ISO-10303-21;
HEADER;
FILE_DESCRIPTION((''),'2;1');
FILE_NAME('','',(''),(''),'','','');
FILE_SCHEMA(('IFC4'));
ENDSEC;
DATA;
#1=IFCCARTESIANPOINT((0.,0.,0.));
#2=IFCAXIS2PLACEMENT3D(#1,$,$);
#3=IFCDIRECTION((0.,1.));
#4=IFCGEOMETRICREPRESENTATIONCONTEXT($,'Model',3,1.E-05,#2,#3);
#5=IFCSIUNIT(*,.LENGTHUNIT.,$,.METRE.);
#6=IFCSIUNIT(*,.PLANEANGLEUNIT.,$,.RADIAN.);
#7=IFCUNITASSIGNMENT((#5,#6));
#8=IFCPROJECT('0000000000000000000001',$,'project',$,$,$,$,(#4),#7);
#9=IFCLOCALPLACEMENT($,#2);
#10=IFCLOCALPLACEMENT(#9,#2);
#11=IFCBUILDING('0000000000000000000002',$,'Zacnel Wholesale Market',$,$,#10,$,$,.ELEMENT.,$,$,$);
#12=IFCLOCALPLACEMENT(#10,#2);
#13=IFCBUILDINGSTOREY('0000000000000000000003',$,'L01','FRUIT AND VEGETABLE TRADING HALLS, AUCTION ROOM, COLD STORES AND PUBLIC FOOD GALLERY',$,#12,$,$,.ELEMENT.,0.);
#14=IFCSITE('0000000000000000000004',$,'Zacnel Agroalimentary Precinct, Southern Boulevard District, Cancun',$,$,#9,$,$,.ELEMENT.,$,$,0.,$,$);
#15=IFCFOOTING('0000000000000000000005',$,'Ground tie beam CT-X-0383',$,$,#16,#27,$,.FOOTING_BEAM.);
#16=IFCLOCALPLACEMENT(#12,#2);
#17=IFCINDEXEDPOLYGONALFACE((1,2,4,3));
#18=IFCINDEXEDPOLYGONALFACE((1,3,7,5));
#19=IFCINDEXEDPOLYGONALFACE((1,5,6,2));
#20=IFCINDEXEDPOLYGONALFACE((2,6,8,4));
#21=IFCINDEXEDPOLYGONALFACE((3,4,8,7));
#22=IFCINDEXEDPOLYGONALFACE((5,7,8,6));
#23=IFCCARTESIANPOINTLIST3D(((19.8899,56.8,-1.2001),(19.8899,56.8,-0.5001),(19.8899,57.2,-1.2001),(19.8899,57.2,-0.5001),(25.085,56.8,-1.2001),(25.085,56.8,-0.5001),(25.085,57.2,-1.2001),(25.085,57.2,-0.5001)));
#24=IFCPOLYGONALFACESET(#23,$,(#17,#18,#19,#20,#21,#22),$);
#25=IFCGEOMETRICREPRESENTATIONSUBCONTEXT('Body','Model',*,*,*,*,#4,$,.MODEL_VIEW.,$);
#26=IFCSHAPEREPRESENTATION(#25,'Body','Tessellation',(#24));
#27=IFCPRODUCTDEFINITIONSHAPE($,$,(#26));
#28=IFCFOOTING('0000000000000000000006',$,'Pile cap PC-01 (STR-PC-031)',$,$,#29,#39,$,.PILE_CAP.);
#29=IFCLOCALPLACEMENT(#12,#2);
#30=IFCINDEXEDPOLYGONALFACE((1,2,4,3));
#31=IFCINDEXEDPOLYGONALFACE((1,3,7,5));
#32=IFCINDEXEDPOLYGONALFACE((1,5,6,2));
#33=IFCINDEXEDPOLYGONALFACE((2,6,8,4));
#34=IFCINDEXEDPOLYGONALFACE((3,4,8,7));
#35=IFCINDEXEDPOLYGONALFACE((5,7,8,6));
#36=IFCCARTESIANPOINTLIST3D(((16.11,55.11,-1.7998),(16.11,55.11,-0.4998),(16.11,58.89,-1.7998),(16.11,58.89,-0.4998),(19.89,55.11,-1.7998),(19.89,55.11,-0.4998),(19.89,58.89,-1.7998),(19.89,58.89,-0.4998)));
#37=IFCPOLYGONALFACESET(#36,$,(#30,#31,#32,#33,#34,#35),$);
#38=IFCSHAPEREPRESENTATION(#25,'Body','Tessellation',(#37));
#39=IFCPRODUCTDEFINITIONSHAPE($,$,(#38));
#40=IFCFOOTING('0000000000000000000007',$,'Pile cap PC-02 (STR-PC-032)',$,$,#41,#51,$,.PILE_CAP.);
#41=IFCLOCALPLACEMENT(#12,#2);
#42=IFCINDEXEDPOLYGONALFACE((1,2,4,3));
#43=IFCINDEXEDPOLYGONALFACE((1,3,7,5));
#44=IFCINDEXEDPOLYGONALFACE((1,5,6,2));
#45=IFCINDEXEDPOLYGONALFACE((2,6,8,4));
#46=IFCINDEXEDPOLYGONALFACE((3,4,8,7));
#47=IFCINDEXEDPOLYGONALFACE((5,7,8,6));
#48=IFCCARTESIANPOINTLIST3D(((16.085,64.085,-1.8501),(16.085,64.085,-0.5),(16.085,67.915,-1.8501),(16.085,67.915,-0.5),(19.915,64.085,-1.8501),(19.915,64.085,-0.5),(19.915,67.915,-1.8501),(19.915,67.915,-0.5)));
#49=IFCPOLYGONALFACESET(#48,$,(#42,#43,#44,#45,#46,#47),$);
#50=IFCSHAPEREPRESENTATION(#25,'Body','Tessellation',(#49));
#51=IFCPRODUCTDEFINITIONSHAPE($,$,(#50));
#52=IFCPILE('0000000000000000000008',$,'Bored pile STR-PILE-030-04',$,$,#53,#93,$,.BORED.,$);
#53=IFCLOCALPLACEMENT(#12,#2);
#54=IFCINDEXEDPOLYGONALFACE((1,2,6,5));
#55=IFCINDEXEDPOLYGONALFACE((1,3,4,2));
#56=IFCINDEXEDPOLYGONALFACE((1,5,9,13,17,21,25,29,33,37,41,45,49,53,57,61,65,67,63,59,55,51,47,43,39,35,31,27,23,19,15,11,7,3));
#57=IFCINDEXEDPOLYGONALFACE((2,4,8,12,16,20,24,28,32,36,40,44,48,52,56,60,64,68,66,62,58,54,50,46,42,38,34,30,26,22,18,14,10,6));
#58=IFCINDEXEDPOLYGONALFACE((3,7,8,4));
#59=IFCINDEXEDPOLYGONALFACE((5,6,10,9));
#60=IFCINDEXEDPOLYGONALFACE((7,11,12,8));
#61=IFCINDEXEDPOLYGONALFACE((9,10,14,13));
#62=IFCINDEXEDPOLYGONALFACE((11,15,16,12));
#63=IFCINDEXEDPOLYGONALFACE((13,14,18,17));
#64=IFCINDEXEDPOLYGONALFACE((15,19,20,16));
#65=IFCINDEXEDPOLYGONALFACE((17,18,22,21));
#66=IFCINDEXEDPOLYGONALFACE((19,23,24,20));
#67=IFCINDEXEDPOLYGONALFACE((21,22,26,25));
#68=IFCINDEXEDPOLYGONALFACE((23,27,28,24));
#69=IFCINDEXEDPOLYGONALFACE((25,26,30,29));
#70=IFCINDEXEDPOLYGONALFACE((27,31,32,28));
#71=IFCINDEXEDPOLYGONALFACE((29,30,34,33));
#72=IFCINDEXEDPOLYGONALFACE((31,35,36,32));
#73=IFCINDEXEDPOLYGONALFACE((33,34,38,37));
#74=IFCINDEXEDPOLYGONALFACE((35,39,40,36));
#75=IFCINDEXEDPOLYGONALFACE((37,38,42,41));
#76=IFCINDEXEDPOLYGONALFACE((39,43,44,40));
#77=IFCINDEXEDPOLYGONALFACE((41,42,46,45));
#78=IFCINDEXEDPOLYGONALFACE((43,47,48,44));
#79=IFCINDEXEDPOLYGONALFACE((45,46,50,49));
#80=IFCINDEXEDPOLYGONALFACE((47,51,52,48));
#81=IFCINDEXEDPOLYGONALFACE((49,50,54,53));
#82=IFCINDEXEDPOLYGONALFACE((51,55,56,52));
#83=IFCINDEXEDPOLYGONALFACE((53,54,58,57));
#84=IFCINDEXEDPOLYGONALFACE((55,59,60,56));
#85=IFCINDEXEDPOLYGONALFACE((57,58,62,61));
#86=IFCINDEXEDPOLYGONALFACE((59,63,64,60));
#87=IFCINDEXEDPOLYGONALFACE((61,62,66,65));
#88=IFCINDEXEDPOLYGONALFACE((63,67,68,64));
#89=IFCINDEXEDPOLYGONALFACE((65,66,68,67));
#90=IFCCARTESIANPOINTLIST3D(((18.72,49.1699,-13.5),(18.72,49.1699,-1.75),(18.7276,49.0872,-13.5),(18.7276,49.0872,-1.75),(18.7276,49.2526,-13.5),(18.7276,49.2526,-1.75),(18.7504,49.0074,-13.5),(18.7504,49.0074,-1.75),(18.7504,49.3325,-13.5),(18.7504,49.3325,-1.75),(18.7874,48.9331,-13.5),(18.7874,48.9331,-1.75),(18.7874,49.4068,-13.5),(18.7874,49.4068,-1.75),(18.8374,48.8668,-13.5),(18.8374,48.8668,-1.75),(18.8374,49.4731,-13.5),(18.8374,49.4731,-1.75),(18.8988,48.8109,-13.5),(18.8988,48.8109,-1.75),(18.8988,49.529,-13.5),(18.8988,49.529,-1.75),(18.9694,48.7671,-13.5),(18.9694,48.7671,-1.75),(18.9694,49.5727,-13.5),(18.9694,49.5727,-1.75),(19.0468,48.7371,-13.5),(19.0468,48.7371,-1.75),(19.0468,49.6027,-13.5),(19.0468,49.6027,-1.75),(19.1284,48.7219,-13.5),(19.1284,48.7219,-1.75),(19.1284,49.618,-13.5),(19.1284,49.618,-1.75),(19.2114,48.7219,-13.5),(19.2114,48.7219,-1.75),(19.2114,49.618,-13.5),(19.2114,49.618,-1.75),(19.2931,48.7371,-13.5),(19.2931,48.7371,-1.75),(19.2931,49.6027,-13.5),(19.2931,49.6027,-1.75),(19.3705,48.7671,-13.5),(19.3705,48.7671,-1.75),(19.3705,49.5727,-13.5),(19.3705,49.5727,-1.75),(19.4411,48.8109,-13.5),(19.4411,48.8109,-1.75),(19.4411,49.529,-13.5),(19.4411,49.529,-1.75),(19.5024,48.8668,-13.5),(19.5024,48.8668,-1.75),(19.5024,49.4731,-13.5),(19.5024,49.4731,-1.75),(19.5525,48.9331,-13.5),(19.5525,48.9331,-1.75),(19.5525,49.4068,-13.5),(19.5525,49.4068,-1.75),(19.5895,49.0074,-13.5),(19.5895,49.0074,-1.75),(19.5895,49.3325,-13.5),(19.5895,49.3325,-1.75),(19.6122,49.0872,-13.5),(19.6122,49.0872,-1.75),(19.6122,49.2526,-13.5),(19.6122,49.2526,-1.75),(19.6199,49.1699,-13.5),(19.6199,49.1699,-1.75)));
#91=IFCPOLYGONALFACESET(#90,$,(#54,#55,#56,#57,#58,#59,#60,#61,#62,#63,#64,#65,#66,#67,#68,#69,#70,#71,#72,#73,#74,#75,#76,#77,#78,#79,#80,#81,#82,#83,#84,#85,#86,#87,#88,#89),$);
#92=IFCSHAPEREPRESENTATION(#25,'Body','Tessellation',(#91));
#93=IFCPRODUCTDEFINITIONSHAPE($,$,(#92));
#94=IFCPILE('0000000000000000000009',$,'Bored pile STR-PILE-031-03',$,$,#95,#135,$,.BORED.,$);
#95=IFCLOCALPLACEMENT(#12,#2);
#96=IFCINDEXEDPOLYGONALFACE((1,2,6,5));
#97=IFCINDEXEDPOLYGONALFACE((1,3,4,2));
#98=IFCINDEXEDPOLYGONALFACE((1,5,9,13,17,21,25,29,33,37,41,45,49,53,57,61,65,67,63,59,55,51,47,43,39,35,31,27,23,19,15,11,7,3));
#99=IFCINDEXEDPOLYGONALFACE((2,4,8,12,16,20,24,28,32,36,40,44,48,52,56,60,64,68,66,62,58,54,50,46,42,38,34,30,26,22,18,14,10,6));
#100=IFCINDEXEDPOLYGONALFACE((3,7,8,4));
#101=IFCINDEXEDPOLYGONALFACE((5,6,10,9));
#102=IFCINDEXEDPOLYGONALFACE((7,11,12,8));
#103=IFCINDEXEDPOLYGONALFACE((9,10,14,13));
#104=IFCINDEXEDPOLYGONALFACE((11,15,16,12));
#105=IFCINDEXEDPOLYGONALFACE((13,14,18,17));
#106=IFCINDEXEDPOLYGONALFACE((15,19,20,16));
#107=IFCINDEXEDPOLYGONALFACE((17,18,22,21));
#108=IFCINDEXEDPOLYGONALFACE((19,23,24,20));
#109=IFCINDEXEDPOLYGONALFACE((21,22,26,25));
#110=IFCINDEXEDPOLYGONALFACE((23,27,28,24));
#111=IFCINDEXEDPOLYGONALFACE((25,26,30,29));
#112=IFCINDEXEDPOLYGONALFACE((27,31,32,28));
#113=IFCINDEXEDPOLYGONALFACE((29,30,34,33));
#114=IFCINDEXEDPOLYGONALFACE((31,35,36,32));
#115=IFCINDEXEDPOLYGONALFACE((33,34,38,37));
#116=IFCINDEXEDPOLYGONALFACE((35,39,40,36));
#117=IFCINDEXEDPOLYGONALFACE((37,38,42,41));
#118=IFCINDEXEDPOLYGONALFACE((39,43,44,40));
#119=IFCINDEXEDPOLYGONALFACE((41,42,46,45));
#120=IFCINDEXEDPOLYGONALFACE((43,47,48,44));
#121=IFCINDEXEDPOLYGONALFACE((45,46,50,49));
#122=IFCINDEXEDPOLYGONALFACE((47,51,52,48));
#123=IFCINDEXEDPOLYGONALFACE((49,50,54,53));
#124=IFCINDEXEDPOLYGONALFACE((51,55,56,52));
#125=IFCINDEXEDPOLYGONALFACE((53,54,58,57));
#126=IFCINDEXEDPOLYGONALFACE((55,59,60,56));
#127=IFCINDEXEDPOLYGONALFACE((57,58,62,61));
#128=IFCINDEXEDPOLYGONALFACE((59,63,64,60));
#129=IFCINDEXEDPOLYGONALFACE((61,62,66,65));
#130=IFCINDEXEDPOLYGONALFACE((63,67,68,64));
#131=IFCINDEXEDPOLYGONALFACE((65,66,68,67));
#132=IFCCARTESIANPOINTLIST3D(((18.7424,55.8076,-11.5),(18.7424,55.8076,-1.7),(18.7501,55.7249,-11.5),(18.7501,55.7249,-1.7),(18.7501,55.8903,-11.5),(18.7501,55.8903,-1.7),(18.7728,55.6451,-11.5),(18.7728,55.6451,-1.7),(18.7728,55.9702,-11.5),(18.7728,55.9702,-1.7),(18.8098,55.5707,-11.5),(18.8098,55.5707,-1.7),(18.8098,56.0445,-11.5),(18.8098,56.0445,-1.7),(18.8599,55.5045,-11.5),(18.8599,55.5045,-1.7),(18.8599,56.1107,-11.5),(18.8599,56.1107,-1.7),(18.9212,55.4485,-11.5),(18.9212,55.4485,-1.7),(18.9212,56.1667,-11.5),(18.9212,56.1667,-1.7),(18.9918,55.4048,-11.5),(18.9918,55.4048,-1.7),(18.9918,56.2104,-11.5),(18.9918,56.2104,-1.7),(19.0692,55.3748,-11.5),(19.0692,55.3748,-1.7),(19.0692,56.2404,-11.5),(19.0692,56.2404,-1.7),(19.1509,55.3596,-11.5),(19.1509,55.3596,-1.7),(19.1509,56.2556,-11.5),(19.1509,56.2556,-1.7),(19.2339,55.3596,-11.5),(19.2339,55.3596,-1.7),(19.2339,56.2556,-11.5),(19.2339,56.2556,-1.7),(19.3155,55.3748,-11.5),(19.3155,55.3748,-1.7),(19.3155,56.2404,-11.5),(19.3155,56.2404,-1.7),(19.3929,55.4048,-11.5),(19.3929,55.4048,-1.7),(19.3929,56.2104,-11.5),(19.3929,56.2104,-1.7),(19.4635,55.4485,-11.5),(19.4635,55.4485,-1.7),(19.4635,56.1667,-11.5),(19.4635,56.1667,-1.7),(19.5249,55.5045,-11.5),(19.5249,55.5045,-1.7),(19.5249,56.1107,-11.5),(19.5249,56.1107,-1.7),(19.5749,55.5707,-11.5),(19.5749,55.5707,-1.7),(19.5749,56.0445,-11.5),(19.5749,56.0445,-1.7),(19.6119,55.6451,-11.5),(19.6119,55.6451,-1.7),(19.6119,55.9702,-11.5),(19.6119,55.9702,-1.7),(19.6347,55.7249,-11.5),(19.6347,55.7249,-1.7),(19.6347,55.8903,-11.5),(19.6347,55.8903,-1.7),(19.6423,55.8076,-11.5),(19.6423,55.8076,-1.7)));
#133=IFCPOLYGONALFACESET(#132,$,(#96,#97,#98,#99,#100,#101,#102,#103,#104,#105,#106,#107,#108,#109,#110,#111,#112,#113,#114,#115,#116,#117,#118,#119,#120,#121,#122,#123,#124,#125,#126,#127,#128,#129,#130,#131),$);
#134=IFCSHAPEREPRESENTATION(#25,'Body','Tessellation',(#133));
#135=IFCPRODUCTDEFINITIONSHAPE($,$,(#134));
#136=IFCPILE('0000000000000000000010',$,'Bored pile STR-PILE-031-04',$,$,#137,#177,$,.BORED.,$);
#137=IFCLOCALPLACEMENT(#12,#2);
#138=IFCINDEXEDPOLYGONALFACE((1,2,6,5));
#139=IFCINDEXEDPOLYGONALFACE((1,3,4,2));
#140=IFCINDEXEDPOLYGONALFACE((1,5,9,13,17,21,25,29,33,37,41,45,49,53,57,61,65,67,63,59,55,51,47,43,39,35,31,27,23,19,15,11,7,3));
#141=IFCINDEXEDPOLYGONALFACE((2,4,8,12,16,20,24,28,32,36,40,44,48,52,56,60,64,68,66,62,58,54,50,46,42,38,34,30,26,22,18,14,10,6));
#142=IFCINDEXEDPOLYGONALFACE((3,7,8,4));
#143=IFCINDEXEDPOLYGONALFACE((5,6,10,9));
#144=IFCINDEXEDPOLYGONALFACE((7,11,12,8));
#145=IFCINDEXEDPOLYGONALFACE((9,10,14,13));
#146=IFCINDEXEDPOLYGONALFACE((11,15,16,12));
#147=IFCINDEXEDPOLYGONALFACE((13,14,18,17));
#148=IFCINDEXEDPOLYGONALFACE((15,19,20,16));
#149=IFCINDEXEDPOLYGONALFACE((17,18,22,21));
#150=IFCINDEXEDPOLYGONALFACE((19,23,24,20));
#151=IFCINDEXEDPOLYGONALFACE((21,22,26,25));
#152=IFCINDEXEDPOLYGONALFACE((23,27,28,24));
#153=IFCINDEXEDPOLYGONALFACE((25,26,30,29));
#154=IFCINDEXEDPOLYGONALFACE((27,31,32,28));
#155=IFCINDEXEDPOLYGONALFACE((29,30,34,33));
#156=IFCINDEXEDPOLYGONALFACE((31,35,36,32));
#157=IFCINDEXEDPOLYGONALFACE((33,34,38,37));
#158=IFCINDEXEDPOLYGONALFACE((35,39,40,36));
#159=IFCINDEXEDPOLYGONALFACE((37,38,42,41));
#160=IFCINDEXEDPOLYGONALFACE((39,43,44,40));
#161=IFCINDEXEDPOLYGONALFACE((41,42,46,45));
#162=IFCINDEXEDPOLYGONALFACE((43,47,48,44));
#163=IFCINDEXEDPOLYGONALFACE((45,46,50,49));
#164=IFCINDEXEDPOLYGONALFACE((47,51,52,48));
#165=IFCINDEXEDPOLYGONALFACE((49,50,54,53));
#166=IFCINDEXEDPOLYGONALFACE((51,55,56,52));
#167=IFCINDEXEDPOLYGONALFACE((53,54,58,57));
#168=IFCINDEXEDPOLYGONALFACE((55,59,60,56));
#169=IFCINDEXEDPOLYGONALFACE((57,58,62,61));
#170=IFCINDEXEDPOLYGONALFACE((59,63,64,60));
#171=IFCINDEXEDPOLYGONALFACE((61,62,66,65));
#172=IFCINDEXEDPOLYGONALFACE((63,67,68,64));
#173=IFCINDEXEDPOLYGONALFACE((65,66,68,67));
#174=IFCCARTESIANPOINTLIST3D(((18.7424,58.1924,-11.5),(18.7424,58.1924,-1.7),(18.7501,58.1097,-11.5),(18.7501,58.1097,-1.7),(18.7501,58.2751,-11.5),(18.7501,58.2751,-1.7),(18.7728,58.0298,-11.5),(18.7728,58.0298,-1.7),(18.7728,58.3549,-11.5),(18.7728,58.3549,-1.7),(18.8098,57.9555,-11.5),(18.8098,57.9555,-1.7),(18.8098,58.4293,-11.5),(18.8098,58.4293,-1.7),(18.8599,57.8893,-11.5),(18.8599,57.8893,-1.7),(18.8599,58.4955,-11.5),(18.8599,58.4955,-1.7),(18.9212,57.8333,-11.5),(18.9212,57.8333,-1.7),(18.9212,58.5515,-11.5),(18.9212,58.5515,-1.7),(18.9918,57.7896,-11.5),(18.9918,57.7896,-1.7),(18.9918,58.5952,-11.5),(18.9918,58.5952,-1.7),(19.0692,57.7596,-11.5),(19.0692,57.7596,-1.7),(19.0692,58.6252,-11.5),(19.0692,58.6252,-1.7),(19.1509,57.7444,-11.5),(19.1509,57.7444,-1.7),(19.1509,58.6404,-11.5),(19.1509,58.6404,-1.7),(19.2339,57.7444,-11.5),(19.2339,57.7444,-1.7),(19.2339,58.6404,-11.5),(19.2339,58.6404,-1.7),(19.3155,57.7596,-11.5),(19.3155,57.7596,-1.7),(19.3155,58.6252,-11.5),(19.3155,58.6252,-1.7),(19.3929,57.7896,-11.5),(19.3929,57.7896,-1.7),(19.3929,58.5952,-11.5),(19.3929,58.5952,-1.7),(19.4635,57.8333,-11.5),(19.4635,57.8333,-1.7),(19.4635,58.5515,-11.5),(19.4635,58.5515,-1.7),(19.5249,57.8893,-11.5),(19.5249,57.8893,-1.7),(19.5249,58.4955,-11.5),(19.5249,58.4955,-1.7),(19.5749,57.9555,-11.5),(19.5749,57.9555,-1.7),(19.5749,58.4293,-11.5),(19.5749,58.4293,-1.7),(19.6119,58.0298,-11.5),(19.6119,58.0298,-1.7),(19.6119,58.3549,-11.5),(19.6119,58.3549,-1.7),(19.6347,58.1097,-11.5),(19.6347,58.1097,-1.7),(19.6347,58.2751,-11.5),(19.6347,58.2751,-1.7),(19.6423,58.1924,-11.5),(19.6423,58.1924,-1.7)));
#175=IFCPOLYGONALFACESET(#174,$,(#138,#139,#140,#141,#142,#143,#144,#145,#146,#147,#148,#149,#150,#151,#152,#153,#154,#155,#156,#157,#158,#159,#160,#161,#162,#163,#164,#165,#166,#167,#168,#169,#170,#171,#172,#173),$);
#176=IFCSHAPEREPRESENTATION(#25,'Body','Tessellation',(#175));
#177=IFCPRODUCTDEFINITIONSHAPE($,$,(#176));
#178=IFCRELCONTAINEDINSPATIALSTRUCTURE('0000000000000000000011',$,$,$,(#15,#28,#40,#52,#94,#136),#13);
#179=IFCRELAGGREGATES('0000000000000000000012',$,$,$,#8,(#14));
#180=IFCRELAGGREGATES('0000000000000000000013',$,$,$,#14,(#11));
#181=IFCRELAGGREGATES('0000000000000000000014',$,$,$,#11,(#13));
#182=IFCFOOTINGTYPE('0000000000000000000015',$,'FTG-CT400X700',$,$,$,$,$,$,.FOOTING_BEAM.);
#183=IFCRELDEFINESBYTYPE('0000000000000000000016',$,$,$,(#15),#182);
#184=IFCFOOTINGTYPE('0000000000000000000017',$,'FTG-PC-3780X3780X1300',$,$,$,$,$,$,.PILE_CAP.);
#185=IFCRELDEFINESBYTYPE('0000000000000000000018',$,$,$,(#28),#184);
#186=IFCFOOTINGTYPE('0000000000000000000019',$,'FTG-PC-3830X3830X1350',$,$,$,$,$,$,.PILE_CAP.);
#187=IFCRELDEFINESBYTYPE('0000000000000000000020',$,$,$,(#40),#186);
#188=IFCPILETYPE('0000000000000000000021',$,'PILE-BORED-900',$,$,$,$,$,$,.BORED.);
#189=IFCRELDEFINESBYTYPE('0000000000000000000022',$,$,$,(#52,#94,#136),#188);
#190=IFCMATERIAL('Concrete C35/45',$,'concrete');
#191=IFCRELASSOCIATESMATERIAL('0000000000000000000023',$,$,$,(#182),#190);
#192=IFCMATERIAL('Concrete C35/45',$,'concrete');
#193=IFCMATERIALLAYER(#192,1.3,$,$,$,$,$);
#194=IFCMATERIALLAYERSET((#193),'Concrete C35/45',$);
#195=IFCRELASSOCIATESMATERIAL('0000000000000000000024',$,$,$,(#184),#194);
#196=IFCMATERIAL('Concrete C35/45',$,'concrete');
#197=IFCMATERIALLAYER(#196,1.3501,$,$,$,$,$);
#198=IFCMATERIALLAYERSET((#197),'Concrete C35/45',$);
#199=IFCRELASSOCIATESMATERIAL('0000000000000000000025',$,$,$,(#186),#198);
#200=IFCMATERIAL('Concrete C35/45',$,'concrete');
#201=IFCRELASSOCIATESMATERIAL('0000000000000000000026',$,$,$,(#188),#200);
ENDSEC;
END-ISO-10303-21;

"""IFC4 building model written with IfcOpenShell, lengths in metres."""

from ifc_helpers import new_model, si_unit, direction, frame, origin, origin_2d, place, context, subcontext, project, spatial, rectangle, circle, extrude, material, layer, layer_set, material_profile, profile_set, type_object, element, save


model = new_model("IFC4")

# Units and contexts
model_context = context("Model", 3, precision=1e-05, world=origin(), true_north=direction((0.0, 1.0)))
body_context = subcontext(model_context, "Body", "Model", "MODEL_VIEW")
ifc_project = project(units=[si_unit("LENGTHUNIT", "METRE"), si_unit("PLANEANGLEUNIT", "RADIAN")], contexts=[model_context])

# Site, building, storey
site_placement = place(None, origin())
site = spatial("IfcSite", under=ifc_project, at=site_placement, Name="Zacnel Agroalimentary Precinct, Southern Boulevard District, Cancun", CompositionType="ELEMENT", RefElevation=0.0)
building_placement = place(site_placement, origin())
building = spatial("IfcBuilding", under=site, at=building_placement, Name="Zacnel Wholesale Market", CompositionType="ELEMENT")
storey_placement = place(building_placement, origin())
storey = spatial("IfcBuildingStorey", under=building, at=storey_placement, Name="L01", Description="FRUIT AND VEGETABLE TRADING HALLS, AUCTION ROOM, COLD STORES AND PUBLIC FOOD GALLERY", CompositionType="ELEMENT", Elevation=0.0)

# Footings
ifc_material_1 = material(Name="Concrete C35/45", Category="concrete")
ifc_material_profile_1 = material_profile(ifc_material_1, rectangle(XDim=0.3999, YDim=0.7, at=origin_2d()), Name="CT 400x700")
ifc_profile_set_1 = profile_set([ifc_material_profile_1], Name="Concrete C35/45")
footing_type_1 = type_object("IfcFootingType", Name="FTG-CT400X700", PredefinedType="FOOTING_BEAM", material=ifc_profile_set_1)
footing_1_placement = place(storey_placement, frame((19.8899, 57.0, -0.8501), z_axis=(1.0, 0.0, 0.0), x_axis=(0.0, 1.0, 0.0)))
element("IfcFooting", 1, at=footing_1_placement, inside=storey, type_object=footing_type_1, Name="Ground tie beam CT-X-0383", PredefinedType="FOOTING_BEAM", context=body_context, shape_type="SweptSolid", body=[
    extrude(rectangle(XDim=0.3999, YDim=0.7, at=origin_2d()), origin(), (0.0, 0.0, 1.0), 5.1951),
])
ifc_material_2 = material(Name="Concrete C35/45", Category="concrete")
ifc_layer_1 = layer(ifc_material_2, 1.3)
ifc_layer_set_1 = layer_set([ifc_layer_1], Name="Concrete C35/45")
footing_type_2 = type_object("IfcFootingType", Name="FTG-PC-3780X3780X1300", PredefinedType="PILE_CAP", material=ifc_layer_set_1)
footing_2_placement = place(storey_placement, frame((18.0, 57.0, -1.7998), z_axis=(0.0, 0.0, 1.0), x_axis=(1.0, 0.0, 0.0)))
element("IfcFooting", 2, at=footing_2_placement, inside=storey, type_object=footing_type_2, Name="Pile cap PC-01 (STR-PC-031)", PredefinedType="PILE_CAP", context=body_context, shape_type="SweptSolid", body=[
    extrude(rectangle(XDim=3.78, YDim=3.78, at=origin_2d()), origin(), (0.0, 0.0, 1.0), 1.3),
])
ifc_material_3 = material(Name="Concrete C35/45", Category="concrete")
ifc_layer_2 = layer(ifc_material_3, 1.3501)
ifc_layer_set_2 = layer_set([ifc_layer_2], Name="Concrete C35/45")
footing_type_3 = type_object("IfcFootingType", Name="FTG-PC-3830X3830X1350", PredefinedType="PILE_CAP", material=ifc_layer_set_2)
footing_3_placement = place(storey_placement, frame((18.0, 66.0, -1.8501), z_axis=(0.0, 0.0, 1.0), x_axis=(1.0, 0.0, 0.0)))
element("IfcFooting", 3, at=footing_3_placement, inside=storey, type_object=footing_type_3, Name="Pile cap PC-02 (STR-PC-032)", PredefinedType="PILE_CAP", context=body_context, shape_type="SweptSolid", body=[
    extrude(rectangle(XDim=3.8301, YDim=3.8301, at=origin_2d()), origin(), (0.0, 0.0, 1.0), 1.3501),
])

# Piles
ifc_material_4 = material(Name="Concrete C35/45", Category="concrete")
ifc_material_profile_2 = material_profile(ifc_material_4, circle(Radius=0.45, at=origin_2d()), Name="BORED PILE D900")
ifc_profile_set_2 = profile_set([ifc_material_profile_2], Name="Concrete C35/45")
pile_type = type_object("IfcPileType", Name="PILE-BORED-900", PredefinedType="BORED", material=ifc_profile_set_2)
pile_1_placement = place(storey_placement, frame((19.1699, 49.1699, -1.75), z_axis=(0.0, 0.0, -1.0), x_axis=(1.0, 0.0, 0.0)))
element("IfcPile", 4, at=pile_1_placement, inside=storey, type_object=pile_type, Name="Bored pile STR-PILE-030-04", PredefinedType="BORED", context=body_context, shape_type="SweptSolid", body=[
    extrude(circle(Radius=0.45, at=origin_2d()), origin(), (0.0, 0.0, 1.0), 11.75),
])
for number, where, z_axis, x_axis, name in (
    (5, (19.1924, 55.8076, -1.7), (0.0, 0.0, -1.0), (1.0, 0.0, 0.0), "Bored pile STR-PILE-031-03"),
    (6, (19.1924, 58.1924, -1.7), (0.0, 0.0, -1.0), (1.0, 0.0, 0.0), "Bored pile STR-PILE-031-04"),
):
    element("IfcPile", number, at=place(storey_placement, frame(where, z_axis=z_axis, x_axis=x_axis)), inside=storey, type_object=pile_type, Name=name, PredefinedType="BORED", context=body_context, shape_type="SweptSolid", body=[
        extrude(circle(Radius=0.45, at=origin_2d()), origin(), (0.0, 0.0, 1.0), 9.8),
    ])

save(model, "model.ifc")
